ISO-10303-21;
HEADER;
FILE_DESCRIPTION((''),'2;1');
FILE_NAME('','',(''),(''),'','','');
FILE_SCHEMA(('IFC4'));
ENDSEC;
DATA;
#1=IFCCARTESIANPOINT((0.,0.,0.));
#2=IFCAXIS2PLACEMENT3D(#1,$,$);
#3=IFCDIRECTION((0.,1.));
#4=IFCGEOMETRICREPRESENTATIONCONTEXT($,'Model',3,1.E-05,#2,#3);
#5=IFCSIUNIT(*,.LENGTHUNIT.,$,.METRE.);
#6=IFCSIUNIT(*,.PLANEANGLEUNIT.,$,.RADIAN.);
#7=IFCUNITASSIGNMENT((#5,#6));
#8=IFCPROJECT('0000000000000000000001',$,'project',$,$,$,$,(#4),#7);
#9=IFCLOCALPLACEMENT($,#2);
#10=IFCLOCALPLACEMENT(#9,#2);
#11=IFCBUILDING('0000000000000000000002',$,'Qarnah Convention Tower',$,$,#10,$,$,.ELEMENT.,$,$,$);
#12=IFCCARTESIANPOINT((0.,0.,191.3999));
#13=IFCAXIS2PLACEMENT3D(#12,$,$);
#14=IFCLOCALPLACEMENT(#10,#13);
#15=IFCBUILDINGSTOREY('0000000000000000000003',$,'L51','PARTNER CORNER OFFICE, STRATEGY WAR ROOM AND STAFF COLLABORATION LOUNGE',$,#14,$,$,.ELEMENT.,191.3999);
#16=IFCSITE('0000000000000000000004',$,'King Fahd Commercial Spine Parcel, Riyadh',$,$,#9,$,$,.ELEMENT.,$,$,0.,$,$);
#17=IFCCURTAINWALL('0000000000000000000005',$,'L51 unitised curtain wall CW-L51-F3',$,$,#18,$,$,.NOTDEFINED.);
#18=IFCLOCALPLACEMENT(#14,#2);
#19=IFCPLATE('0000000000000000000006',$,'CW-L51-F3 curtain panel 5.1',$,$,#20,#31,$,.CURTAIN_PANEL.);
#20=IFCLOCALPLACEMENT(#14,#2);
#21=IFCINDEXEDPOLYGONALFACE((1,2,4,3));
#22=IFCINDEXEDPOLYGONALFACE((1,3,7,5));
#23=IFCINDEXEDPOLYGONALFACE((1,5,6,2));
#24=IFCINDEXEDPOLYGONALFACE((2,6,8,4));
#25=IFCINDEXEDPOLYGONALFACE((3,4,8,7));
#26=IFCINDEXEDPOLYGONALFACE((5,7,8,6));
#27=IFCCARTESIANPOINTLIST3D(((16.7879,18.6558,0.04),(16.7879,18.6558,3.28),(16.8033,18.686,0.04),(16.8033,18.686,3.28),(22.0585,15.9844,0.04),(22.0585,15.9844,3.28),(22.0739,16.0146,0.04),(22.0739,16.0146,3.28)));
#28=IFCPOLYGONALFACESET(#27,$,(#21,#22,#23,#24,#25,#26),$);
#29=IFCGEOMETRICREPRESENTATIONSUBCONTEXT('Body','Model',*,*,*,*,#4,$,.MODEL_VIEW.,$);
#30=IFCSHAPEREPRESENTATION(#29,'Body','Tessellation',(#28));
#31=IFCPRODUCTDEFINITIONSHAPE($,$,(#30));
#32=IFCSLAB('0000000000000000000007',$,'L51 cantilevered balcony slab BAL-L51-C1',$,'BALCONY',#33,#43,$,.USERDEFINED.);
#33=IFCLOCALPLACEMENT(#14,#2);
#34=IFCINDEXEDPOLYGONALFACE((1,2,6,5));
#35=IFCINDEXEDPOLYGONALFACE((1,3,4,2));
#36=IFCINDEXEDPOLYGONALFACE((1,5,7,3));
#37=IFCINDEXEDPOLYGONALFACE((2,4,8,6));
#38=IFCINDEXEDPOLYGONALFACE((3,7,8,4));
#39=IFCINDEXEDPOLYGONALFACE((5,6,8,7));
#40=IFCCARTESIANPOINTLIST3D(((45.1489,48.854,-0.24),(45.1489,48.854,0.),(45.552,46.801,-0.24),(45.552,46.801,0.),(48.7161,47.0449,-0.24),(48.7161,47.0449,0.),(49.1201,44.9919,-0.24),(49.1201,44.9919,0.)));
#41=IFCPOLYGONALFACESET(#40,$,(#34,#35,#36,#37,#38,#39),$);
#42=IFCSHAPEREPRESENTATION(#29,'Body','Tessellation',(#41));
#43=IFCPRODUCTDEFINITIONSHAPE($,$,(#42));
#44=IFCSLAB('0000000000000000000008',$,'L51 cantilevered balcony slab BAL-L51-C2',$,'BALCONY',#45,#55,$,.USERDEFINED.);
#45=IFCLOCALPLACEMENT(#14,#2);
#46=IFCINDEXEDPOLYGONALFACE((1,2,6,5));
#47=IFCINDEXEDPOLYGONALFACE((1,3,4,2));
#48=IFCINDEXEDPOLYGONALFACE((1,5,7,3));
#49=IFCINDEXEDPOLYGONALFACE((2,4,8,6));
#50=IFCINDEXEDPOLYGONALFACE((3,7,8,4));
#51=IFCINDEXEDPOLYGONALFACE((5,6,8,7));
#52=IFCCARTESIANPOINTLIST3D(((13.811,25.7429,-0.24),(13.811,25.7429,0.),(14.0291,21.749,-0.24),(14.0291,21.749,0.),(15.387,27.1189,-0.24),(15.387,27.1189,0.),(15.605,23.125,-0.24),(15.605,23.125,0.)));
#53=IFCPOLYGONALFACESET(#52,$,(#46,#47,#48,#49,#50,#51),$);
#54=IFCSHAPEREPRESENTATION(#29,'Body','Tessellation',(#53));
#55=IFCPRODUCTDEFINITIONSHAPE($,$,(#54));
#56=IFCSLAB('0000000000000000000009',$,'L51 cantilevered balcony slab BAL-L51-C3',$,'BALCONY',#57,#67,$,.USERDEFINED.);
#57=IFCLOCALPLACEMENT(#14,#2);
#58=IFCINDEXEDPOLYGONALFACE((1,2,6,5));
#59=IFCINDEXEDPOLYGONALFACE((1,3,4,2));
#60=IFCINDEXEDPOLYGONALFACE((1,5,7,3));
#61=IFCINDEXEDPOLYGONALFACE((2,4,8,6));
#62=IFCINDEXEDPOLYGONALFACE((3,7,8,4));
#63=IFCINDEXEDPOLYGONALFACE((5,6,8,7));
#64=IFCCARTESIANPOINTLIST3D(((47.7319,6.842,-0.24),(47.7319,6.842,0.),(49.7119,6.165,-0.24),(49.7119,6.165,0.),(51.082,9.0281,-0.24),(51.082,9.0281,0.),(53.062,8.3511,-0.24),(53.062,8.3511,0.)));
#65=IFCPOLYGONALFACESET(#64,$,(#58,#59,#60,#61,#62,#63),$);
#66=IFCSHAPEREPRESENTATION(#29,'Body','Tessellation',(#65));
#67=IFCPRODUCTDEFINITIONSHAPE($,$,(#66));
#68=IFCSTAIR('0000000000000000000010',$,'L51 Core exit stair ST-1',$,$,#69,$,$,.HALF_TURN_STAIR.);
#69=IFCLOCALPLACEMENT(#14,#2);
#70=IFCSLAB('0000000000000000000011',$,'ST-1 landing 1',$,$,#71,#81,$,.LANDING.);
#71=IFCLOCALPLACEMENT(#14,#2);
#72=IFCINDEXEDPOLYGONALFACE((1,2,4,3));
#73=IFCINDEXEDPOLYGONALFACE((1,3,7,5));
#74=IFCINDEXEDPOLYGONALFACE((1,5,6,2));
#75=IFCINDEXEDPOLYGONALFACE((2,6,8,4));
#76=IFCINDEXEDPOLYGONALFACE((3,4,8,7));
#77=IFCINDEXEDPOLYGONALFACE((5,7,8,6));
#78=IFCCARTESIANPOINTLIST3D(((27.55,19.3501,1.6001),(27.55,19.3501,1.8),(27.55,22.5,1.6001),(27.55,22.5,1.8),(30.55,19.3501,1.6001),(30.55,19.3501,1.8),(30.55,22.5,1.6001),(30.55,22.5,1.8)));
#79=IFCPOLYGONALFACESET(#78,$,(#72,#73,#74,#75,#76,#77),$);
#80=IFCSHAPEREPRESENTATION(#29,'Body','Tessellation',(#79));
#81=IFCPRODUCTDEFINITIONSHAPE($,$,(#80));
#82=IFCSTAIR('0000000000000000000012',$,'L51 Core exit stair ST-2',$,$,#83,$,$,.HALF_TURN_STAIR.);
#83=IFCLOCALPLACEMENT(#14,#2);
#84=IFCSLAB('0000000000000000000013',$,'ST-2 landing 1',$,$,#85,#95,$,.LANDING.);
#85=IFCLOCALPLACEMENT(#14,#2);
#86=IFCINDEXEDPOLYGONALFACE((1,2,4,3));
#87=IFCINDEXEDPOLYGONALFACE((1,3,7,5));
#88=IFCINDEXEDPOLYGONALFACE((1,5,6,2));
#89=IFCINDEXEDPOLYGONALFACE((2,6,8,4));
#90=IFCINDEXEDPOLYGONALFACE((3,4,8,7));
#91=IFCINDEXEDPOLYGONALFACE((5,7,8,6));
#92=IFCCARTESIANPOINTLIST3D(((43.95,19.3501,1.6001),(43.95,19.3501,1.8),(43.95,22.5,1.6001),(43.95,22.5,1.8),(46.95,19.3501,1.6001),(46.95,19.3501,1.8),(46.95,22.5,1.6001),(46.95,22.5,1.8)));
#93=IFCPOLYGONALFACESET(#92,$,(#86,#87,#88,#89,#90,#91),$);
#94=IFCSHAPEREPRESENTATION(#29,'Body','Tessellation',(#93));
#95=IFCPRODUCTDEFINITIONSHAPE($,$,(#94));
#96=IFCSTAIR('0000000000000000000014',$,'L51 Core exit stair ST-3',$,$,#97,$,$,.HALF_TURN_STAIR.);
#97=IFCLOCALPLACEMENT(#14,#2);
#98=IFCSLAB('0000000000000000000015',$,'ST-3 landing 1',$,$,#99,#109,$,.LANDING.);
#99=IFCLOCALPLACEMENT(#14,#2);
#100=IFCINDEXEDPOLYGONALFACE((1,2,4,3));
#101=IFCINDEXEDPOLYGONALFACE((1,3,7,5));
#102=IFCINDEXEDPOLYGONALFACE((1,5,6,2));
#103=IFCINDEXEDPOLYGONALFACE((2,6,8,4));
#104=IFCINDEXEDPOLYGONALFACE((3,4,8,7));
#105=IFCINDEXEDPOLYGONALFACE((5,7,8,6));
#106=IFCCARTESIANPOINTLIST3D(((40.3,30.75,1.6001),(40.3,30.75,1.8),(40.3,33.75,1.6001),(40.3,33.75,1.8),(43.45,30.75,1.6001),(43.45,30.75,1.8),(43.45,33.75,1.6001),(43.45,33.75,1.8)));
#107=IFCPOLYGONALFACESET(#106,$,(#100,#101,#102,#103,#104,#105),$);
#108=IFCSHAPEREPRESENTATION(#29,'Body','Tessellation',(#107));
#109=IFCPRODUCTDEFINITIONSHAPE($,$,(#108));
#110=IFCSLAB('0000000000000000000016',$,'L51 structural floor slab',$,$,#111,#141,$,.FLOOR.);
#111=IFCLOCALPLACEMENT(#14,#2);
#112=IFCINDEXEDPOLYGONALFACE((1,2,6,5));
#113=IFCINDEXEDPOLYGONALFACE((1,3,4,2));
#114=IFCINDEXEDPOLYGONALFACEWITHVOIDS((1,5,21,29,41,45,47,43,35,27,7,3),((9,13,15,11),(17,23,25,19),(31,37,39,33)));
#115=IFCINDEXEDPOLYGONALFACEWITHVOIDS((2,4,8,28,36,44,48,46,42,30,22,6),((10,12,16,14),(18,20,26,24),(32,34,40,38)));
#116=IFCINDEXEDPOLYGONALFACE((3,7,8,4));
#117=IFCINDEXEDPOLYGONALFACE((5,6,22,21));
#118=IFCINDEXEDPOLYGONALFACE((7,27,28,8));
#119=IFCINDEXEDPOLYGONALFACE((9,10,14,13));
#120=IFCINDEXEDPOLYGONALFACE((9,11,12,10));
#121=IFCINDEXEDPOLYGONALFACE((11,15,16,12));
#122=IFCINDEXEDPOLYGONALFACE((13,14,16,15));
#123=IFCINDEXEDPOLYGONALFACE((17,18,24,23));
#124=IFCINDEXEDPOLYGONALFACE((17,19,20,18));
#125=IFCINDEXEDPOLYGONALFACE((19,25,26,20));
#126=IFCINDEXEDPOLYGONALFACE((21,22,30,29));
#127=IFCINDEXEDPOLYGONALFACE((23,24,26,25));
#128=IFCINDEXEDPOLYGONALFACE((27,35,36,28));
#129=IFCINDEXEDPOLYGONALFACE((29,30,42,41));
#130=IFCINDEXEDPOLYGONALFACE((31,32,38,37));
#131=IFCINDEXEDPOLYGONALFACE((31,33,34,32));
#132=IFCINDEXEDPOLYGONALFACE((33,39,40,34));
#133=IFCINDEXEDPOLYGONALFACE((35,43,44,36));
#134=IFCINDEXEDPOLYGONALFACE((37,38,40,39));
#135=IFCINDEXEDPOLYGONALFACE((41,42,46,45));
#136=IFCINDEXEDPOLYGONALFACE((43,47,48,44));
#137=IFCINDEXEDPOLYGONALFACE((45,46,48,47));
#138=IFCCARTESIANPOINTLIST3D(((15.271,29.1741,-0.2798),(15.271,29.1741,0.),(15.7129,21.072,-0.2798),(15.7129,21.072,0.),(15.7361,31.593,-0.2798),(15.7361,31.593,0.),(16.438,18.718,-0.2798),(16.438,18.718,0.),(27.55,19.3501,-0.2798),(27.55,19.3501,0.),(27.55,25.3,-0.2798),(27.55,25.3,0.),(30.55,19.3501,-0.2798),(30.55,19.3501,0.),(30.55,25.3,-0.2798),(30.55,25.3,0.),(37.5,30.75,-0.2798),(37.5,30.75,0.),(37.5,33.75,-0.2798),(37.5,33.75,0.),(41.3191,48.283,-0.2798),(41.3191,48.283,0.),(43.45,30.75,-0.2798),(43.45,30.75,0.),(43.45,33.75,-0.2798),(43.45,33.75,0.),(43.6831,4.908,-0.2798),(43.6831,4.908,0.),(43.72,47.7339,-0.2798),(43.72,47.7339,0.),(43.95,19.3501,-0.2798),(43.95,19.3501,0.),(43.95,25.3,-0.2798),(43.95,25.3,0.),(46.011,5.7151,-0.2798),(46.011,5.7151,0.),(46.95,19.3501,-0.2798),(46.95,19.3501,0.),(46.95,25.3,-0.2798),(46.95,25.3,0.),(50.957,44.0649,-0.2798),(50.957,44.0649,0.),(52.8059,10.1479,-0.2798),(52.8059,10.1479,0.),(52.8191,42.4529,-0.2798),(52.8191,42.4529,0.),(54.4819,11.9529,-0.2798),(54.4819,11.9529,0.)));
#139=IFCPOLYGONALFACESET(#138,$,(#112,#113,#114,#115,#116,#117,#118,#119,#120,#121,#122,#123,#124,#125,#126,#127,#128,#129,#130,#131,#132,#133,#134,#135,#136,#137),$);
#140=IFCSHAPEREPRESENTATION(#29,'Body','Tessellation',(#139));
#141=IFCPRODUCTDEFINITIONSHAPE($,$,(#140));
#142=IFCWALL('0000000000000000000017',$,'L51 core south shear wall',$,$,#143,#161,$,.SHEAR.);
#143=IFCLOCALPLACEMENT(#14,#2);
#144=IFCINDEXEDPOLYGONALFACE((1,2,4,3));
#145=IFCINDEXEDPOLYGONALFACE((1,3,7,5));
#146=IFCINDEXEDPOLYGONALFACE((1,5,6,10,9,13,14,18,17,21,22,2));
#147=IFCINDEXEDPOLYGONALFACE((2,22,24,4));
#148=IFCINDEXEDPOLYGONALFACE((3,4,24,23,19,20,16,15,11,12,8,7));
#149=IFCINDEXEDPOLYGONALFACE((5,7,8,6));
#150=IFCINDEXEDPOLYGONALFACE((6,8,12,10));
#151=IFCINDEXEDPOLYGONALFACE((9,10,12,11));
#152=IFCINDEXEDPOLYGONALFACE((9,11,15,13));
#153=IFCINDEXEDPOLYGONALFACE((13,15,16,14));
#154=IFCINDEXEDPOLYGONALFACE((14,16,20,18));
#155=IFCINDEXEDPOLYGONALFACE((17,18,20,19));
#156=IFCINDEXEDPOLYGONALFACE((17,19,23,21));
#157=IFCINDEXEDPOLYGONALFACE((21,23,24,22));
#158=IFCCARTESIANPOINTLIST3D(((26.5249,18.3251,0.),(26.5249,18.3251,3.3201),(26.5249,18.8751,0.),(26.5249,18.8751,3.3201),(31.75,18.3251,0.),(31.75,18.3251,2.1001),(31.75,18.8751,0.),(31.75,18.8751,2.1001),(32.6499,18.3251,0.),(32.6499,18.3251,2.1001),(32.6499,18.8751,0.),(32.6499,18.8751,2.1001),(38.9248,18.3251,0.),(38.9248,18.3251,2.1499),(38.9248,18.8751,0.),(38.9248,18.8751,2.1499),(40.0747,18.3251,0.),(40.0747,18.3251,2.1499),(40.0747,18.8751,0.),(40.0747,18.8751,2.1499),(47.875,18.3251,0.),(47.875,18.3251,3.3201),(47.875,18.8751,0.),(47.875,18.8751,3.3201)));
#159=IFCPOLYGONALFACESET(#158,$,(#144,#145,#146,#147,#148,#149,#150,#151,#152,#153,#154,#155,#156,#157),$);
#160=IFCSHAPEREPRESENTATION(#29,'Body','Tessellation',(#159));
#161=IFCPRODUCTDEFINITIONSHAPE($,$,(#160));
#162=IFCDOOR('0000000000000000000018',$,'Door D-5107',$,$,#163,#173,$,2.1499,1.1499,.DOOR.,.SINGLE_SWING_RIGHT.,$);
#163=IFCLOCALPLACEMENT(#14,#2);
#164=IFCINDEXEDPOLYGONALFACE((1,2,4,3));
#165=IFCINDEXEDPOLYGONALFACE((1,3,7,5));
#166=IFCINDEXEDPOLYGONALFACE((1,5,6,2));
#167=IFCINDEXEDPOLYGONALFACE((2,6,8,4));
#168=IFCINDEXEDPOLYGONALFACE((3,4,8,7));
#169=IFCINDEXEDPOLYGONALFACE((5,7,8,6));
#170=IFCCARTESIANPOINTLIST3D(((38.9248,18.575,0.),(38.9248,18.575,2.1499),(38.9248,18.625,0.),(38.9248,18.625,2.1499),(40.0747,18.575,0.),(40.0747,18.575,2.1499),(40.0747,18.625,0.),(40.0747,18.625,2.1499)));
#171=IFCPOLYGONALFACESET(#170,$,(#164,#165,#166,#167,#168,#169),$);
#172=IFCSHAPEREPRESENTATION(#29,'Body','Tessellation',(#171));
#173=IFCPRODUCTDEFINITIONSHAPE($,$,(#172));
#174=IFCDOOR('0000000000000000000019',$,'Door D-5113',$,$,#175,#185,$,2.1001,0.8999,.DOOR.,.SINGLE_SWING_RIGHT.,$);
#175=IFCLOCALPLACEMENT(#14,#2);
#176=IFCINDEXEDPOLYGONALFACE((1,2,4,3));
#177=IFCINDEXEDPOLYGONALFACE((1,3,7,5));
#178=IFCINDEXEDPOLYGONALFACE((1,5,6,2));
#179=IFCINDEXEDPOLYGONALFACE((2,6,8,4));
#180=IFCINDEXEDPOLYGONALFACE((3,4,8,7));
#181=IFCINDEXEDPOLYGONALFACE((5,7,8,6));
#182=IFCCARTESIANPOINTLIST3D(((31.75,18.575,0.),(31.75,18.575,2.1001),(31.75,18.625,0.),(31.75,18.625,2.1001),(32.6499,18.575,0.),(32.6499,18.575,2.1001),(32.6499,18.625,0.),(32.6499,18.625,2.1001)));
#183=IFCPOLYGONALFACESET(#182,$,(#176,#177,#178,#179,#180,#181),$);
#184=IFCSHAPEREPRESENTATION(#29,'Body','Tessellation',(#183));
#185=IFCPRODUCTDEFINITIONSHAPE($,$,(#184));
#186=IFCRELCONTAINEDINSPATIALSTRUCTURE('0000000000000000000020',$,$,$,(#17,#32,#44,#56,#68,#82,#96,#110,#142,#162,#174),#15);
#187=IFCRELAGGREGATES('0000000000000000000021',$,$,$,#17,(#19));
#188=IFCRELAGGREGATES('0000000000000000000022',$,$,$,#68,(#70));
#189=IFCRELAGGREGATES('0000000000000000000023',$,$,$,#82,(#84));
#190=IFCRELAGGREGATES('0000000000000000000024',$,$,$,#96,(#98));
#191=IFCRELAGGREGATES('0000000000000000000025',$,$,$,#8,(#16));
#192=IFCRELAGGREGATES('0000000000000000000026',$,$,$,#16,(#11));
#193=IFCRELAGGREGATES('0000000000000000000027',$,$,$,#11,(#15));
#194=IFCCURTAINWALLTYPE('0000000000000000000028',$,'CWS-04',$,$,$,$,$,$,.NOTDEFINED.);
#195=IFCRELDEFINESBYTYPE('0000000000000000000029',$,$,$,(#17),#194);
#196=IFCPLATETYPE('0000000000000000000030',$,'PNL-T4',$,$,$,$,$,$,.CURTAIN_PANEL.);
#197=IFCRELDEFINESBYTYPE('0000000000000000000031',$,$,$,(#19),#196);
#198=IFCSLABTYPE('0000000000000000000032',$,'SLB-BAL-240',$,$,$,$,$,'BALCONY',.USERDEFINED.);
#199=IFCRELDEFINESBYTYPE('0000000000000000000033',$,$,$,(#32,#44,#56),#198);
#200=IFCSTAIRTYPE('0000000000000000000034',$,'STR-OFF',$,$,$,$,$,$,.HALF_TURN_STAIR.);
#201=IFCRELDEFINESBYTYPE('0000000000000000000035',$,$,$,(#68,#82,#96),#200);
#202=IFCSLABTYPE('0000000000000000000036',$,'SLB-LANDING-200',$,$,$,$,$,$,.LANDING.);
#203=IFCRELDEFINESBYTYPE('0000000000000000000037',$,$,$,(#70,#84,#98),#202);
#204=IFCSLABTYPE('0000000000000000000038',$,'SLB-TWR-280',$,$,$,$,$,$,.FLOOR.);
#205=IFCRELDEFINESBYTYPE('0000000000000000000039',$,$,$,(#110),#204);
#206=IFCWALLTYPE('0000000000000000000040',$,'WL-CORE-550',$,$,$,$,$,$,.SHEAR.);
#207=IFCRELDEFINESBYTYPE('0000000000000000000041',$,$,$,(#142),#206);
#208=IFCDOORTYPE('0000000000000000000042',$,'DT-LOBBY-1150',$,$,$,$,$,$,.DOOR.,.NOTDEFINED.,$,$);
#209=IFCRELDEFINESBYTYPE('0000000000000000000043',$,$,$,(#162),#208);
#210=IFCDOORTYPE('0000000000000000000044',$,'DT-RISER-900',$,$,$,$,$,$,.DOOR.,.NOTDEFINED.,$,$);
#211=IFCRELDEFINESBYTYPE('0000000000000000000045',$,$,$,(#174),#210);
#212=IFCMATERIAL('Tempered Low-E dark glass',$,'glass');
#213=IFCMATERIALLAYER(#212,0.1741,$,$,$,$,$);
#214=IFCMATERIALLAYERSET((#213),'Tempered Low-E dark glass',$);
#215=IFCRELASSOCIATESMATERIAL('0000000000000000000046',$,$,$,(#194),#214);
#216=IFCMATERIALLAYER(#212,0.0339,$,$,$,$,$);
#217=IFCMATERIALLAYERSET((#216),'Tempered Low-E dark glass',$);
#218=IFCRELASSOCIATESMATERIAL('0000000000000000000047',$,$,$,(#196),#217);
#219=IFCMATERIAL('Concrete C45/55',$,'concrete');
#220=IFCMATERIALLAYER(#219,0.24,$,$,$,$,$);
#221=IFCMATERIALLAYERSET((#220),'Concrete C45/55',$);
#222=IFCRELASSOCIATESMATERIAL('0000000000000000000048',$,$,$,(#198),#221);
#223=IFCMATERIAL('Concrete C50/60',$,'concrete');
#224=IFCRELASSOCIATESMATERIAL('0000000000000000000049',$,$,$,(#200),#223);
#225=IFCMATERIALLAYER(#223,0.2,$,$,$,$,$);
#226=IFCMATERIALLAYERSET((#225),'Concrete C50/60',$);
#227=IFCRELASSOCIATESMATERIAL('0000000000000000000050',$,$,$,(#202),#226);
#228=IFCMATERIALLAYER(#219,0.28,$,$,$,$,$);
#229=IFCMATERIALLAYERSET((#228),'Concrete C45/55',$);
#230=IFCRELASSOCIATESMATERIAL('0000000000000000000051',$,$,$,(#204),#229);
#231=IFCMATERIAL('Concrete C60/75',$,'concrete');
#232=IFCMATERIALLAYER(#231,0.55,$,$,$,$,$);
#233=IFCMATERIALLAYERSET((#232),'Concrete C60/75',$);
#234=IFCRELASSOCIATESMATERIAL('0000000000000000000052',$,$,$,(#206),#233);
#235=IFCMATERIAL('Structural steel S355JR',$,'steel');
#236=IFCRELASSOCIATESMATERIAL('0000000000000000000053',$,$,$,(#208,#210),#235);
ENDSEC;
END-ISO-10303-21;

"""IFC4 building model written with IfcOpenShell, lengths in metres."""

from ifc_helpers import new_model, si_unit, direction, frame, frame_2d, origin, origin_2d, place, context, subcontext, project, spatial, polyline, rectangle, outline, extrude, material, layer, layer_set, type_object, element, fill, aggregate, save


model = new_model("IFC4")

# Units and contexts
model_context = context("Model", 3, precision=1e-05, world=origin(), true_north=direction((0.0, 1.0)))
body_context = subcontext(model_context, "Body", "Model", "MODEL_VIEW")
ifc_project = project(units=[si_unit("LENGTHUNIT", "METRE"), si_unit("PLANEANGLEUNIT", "RADIAN")], contexts=[model_context])

# Site, building, storey
site_placement = place(None, origin())
site = spatial("IfcSite", under=ifc_project, at=site_placement, Name="King Fahd Commercial Spine Parcel, Riyadh", CompositionType="ELEMENT", RefElevation=0.0)
building_placement = place(site_placement, origin())
building = spatial("IfcBuilding", under=site, at=building_placement, Name="Qarnah Convention Tower", CompositionType="ELEMENT")
storey_placement = place(building_placement, frame((0.0, 0.0, 191.3999)))
storey = spatial("IfcBuildingStorey", under=building, at=storey_placement, Name="L51", Description="PARTNER CORNER OFFICE, STRATEGY WAR ROOM AND STAFF COLLABORATION LOUNGE", CompositionType="ELEMENT", Elevation=191.3999)

# Shared definitions
ifc_material_1 = material(Name="Concrete C50/60", Category="concrete")

# Shared definitions
ifc_material_2 = material(Name="Structural steel S355JR", Category="steel")

# Curtain wall, plate
ifc_material_3 = material(Name="Tempered Low-E dark glass", Category="glass")
ifc_layer_1 = layer(ifc_material_3, 0.1741)
ifc_layer_set_1 = layer_set([ifc_layer_1], Name="Tempered Low-E dark glass")
curtain_wall_type = type_object("IfcCurtainWallType", Name="CWS-04", PredefinedType="NOTDEFINED", material=ifc_layer_set_1)
curtain_wall_placement = place(storey_placement, origin())
curtain_wall = element("IfcCurtainWall", 1, at=curtain_wall_placement, inside=storey, type_object=curtain_wall_type, Name="L51 unitised curtain wall CW-L51-F3", PredefinedType="NOTDEFINED")
ifc_layer_2 = layer(ifc_material_3, 0.0339)
ifc_layer_set_2 = layer_set([ifc_layer_2], Name="Tempered Low-E dark glass")
plate_type = type_object("IfcPlateType", Name="PNL-T4", PredefinedType="CURTAIN_PANEL", material=ifc_layer_set_2)
plate_1_placement = place(storey_placement, frame((19.4309, 17.3352, 0.04), z_axis=(0.0, 0.0, 1.0), x_axis=(-0.891969, 0.452096, 0.0)))
plate_1 = element("IfcPlate", 2, at=plate_1_placement, type_object=plate_type, Name="CW-L51-F3 curtain panel 5.1", PredefinedType="CURTAIN_PANEL", context=body_context, shape_type="SweptSolid", body=[
    extrude(rectangle(XDim=5.9089, YDim=0.0339, at=origin_2d()), origin(), (0.0, 0.0, 1.0), 3.24),
])
aggregate(curtain_wall, [plate_1])

# Slabs
ifc_material_4 = material(Name="Concrete C45/55", Category="concrete")
ifc_layer_3 = layer(ifc_material_4, 0.24)
ifc_layer_set_3 = layer_set([ifc_layer_3], Name="Concrete C45/55")
slab_type_1 = type_object("IfcSlabType", Name="SLB-BAL-240", ElementType="BALCONY", PredefinedType="USERDEFINED", material=ifc_layer_set_3)
slab_1_placement = place(storey_placement, frame((0.0, 0.0, -0.24)))
element("IfcSlab", 3, at=slab_1_placement, inside=storey, type_object=slab_type_1, Name="L51 cantilevered balcony slab BAL-L51-C1", ObjectType="BALCONY", PredefinedType="USERDEFINED", context=body_context, shape_type="SweptSolid", body=[
    extrude(outline(polyline([(45.1489, 48.854), (48.7161, 47.0449), (49.1201, 44.9919), (45.552, 46.801), (45.1489, 48.854)])), origin(), (0.0, 0.0, 1.0), 0.24),
])
slab_2_placement = place(storey_placement, frame((0.0, 0.0, -0.24)))
element("IfcSlab", 4, at=slab_2_placement, inside=storey, type_object=slab_type_1, Name="L51 cantilevered balcony slab BAL-L51-C2", ObjectType="BALCONY", PredefinedType="USERDEFINED", context=body_context, shape_type="SweptSolid", body=[
    extrude(outline(polyline([(14.0291, 21.749), (13.811, 25.7429), (15.387, 27.1189), (15.605, 23.125), (14.0291, 21.749)])), origin(), (0.0, 0.0, 1.0), 0.24),
])
slab_3_placement = place(storey_placement, frame((0.0, 0.0, -0.24)))
element("IfcSlab", 5, at=slab_3_placement, inside=storey, type_object=slab_type_1, Name="L51 cantilevered balcony slab BAL-L51-C3", ObjectType="BALCONY", PredefinedType="USERDEFINED", context=body_context, shape_type="SweptSolid", body=[
    extrude(outline(polyline([(53.062, 8.3511), (49.7119, 6.165), (47.7319, 6.842), (51.082, 9.0281), (53.062, 8.3511)])), origin(), (0.0, 0.0, 1.0), 0.24),
])

# Stairs, slabs
stair_type = type_object("IfcStairType", Name="STR-OFF", PredefinedType="HALF_TURN_STAIR", material=ifc_material_1)
stair_1_placement = place(storey_placement, origin())
stair_1 = element("IfcStair", 6, at=stair_1_placement, inside=storey, type_object=stair_type, Name="L51 Core exit stair ST-1", PredefinedType="HALF_TURN_STAIR")
ifc_layer_4 = layer(ifc_material_1, 0.2)
ifc_layer_set_4 = layer_set([ifc_layer_4], Name="Concrete C50/60")
slab_type_2 = type_object("IfcSlabType", Name="SLB-LANDING-200", PredefinedType="LANDING", material=ifc_layer_set_4)
slab_4_placement = place(storey_placement, frame((0.0, 0.0, 1.6001)))
slab_4 = element("IfcSlab", 7, at=slab_4_placement, type_object=slab_type_2, Name="ST-1 landing 1", PredefinedType="LANDING", context=body_context, shape_type="SweptSolid", body=[
    extrude(outline(polyline([(27.55, 22.5), (27.55, 19.3501), (30.55, 19.3501), (30.55, 22.5), (27.55, 22.5)])), origin(), (0.0, 0.0, 1.0), 0.2),
])
aggregate(stair_1, [slab_4])
stair_2_placement = place(storey_placement, origin())
stair_2 = element("IfcStair", 8, at=stair_2_placement, inside=storey, type_object=stair_type, Name="L51 Core exit stair ST-2", PredefinedType="HALF_TURN_STAIR")
slab_5_placement = place(storey_placement, frame((0.0, 0.0, 1.6001)))
slab_5 = element("IfcSlab", 9, at=slab_5_placement, type_object=slab_type_2, Name="ST-2 landing 1", PredefinedType="LANDING", context=body_context, shape_type="SweptSolid", body=[
    extrude(outline(polyline([(43.95, 22.5), (43.95, 19.3501), (46.95, 19.3501), (46.95, 22.5), (43.95, 22.5)])), origin(), (0.0, 0.0, 1.0), 0.2),
])
aggregate(stair_2, [slab_5])
stair_3_placement = place(storey_placement, origin())
stair_3 = element("IfcStair", 10, at=stair_3_placement, inside=storey, type_object=stair_type, Name="L51 Core exit stair ST-3", PredefinedType="HALF_TURN_STAIR")
slab_6_placement = place(storey_placement, frame((0.0, 0.0, 1.6001)))
slab_6 = element("IfcSlab", 11, at=slab_6_placement, type_object=slab_type_2, Name="ST-3 landing 1", PredefinedType="LANDING", context=body_context, shape_type="SweptSolid", body=[
    extrude(outline(polyline([(40.3, 30.75), (43.45, 30.75), (43.45, 33.75), (40.3, 33.75), (40.3, 30.75)])), origin(), (0.0, 0.0, 1.0), 0.2),
])
aggregate(stair_3, [slab_6])

# Slab
ifc_layer_5 = layer(ifc_material_4, 0.28)
ifc_layer_set_5 = layer_set([ifc_layer_5], Name="Concrete C45/55")
slab_type_3 = type_object("IfcSlabType", Name="SLB-TWR-280", PredefinedType="FLOOR", material=ifc_layer_set_5)
slab_7_placement = place(storey_placement, frame((0.0, 0.0, -0.2798)))
element("IfcSlab", 12, at=slab_7_placement, inside=storey, type_object=slab_type_3, Name="L51 structural floor slab", PredefinedType="FLOOR", context=body_context, shape_type="SweptSolid", body=[
    extrude(outline(polyline([(41.3191, 48.283), (15.7361, 31.593), (15.271, 29.1741), (15.7129, 21.072), (16.438, 18.718), (43.6831, 4.908), (46.011, 5.7151), (52.8059, 10.1479), (54.4819, 11.9529), (52.8191, 42.4529), (50.957, 44.0649), (43.72, 47.7339), (41.3191, 48.283)]), holes=[polyline([(27.55, 25.3), (27.55, 19.3501), (30.55, 19.3501), (30.55, 25.3), (27.55, 25.3)]), polyline([(43.95, 25.3), (43.95, 19.3501), (46.95, 19.3501), (46.95, 25.3), (43.95, 25.3)]), polyline([(37.5, 30.75), (43.45, 30.75), (43.45, 33.75), (37.5, 33.75), (37.5, 30.75)])]), origin(), (0.0, 0.0, 1.0), 0.2798),
])

# Wall, openings, doors
ifc_material_5 = material(Name="Concrete C60/75", Category="concrete")
ifc_layer_6 = layer(ifc_material_5, 0.55)
ifc_layer_set_6 = layer_set([ifc_layer_6], Name="Concrete C60/75")
wall_type_1 = type_object("IfcWallType", Name="WL-CORE-550", PredefinedType="SHEAR", material=ifc_layer_set_6)
wall_1_placement = place(storey_placement, frame((26.5249, 18.6001, 0.0), z_axis=(0.0, 0.0, 1.0), x_axis=(1.0, 0.0, 0.0)))
wall_1 = element("IfcWall", 13, at=wall_1_placement, inside=storey, type_object=wall_type_1, Name="L51 core south shear wall", PredefinedType="SHEAR", context=body_context, shape_type="SweptSolid", body=[
    extrude(rectangle(XDim=21.3501, YDim=0.55, at=frame_2d((10.675, 0.0))), origin(), (0.0, 0.0, 1.0), 3.3201),
])
opening_1_placement = place(wall_1_placement, frame((12.3999, 0.0, 0.0)))
opening_1 = element("IfcOpeningElement", 14, at=opening_1_placement, cuts=wall_1, PredefinedType="OPENING", context=body_context, shape_type="SweptSolid", body=[
    extrude(rectangle(XDim=1.1499, YDim=2.1499, at=frame_2d((0.575, 1.075))), frame((0.0, 0.2849, 0.0), z_axis=(0.0, -1.0, 0.0), x_axis=(1.0, 0.0, 0.0)), (0.0, 0.0, 1.0), 0.5701),
])
opening_2_placement = place(wall_1_placement, frame((5.2251, 0.0, 0.0)))
opening_2 = element("IfcOpeningElement", 15, at=opening_2_placement, cuts=wall_1, PredefinedType="OPENING", context=body_context, shape_type="SweptSolid", body=[
    extrude(rectangle(XDim=0.8999, YDim=2.1001, at=frame_2d((0.45, 1.05))), frame((0.0, 0.2849, 0.0), z_axis=(0.0, -1.0, 0.0), x_axis=(1.0, 0.0, 0.0)), (0.0, 0.0, 1.0), 0.5701),
])
door_type_1 = type_object("IfcDoorType", Name="DT-LOBBY-1150", OperationType="NOTDEFINED", PredefinedType="DOOR", material=ifc_material_2)
door_1_placement = place(opening_1_placement, origin())
door_1 = element("IfcDoor", 16, at=door_1_placement, inside=storey, type_object=door_type_1, Name="Door D-5107", OperationType="SINGLE_SWING_RIGHT", OverallHeight=2.1499, OverallWidth=1.1499, PredefinedType="DOOR", context=body_context, shape_type="SweptSolid", body=[
    extrude(rectangle(XDim=1.1499, YDim=2.1499, at=frame_2d((0.575, 1.075))), frame((0.0, 0.0249, 0.0), z_axis=(0.0, -1.0, 0.0), x_axis=(1.0, 0.0, 0.0)), (0.0, 0.0, 1.0), 0.05),
])
fill(opening_1, door_1)
door_type_2 = type_object("IfcDoorType", Name="DT-RISER-900", OperationType="NOTDEFINED", PredefinedType="DOOR", material=ifc_material_2)
door_2_placement = place(opening_2_placement, origin())
door_2 = element("IfcDoor", 17, at=door_2_placement, inside=storey, type_object=door_type_2, Name="Door D-5113", OperationType="SINGLE_SWING_RIGHT", OverallHeight=2.1001, OverallWidth=0.8999, PredefinedType="DOOR", context=body_context, shape_type="SweptSolid", body=[
    extrude(rectangle(XDim=0.8999, YDim=2.1001, at=frame_2d((0.45, 1.05))), frame((0.0, 0.0249, 0.0), z_axis=(0.0, -1.0, 0.0), x_axis=(1.0, 0.0, 0.0)), (0.0, 0.0, 1.0), 0.05),
])
fill(opening_2, door_2)

save(model, "model.ifc")
